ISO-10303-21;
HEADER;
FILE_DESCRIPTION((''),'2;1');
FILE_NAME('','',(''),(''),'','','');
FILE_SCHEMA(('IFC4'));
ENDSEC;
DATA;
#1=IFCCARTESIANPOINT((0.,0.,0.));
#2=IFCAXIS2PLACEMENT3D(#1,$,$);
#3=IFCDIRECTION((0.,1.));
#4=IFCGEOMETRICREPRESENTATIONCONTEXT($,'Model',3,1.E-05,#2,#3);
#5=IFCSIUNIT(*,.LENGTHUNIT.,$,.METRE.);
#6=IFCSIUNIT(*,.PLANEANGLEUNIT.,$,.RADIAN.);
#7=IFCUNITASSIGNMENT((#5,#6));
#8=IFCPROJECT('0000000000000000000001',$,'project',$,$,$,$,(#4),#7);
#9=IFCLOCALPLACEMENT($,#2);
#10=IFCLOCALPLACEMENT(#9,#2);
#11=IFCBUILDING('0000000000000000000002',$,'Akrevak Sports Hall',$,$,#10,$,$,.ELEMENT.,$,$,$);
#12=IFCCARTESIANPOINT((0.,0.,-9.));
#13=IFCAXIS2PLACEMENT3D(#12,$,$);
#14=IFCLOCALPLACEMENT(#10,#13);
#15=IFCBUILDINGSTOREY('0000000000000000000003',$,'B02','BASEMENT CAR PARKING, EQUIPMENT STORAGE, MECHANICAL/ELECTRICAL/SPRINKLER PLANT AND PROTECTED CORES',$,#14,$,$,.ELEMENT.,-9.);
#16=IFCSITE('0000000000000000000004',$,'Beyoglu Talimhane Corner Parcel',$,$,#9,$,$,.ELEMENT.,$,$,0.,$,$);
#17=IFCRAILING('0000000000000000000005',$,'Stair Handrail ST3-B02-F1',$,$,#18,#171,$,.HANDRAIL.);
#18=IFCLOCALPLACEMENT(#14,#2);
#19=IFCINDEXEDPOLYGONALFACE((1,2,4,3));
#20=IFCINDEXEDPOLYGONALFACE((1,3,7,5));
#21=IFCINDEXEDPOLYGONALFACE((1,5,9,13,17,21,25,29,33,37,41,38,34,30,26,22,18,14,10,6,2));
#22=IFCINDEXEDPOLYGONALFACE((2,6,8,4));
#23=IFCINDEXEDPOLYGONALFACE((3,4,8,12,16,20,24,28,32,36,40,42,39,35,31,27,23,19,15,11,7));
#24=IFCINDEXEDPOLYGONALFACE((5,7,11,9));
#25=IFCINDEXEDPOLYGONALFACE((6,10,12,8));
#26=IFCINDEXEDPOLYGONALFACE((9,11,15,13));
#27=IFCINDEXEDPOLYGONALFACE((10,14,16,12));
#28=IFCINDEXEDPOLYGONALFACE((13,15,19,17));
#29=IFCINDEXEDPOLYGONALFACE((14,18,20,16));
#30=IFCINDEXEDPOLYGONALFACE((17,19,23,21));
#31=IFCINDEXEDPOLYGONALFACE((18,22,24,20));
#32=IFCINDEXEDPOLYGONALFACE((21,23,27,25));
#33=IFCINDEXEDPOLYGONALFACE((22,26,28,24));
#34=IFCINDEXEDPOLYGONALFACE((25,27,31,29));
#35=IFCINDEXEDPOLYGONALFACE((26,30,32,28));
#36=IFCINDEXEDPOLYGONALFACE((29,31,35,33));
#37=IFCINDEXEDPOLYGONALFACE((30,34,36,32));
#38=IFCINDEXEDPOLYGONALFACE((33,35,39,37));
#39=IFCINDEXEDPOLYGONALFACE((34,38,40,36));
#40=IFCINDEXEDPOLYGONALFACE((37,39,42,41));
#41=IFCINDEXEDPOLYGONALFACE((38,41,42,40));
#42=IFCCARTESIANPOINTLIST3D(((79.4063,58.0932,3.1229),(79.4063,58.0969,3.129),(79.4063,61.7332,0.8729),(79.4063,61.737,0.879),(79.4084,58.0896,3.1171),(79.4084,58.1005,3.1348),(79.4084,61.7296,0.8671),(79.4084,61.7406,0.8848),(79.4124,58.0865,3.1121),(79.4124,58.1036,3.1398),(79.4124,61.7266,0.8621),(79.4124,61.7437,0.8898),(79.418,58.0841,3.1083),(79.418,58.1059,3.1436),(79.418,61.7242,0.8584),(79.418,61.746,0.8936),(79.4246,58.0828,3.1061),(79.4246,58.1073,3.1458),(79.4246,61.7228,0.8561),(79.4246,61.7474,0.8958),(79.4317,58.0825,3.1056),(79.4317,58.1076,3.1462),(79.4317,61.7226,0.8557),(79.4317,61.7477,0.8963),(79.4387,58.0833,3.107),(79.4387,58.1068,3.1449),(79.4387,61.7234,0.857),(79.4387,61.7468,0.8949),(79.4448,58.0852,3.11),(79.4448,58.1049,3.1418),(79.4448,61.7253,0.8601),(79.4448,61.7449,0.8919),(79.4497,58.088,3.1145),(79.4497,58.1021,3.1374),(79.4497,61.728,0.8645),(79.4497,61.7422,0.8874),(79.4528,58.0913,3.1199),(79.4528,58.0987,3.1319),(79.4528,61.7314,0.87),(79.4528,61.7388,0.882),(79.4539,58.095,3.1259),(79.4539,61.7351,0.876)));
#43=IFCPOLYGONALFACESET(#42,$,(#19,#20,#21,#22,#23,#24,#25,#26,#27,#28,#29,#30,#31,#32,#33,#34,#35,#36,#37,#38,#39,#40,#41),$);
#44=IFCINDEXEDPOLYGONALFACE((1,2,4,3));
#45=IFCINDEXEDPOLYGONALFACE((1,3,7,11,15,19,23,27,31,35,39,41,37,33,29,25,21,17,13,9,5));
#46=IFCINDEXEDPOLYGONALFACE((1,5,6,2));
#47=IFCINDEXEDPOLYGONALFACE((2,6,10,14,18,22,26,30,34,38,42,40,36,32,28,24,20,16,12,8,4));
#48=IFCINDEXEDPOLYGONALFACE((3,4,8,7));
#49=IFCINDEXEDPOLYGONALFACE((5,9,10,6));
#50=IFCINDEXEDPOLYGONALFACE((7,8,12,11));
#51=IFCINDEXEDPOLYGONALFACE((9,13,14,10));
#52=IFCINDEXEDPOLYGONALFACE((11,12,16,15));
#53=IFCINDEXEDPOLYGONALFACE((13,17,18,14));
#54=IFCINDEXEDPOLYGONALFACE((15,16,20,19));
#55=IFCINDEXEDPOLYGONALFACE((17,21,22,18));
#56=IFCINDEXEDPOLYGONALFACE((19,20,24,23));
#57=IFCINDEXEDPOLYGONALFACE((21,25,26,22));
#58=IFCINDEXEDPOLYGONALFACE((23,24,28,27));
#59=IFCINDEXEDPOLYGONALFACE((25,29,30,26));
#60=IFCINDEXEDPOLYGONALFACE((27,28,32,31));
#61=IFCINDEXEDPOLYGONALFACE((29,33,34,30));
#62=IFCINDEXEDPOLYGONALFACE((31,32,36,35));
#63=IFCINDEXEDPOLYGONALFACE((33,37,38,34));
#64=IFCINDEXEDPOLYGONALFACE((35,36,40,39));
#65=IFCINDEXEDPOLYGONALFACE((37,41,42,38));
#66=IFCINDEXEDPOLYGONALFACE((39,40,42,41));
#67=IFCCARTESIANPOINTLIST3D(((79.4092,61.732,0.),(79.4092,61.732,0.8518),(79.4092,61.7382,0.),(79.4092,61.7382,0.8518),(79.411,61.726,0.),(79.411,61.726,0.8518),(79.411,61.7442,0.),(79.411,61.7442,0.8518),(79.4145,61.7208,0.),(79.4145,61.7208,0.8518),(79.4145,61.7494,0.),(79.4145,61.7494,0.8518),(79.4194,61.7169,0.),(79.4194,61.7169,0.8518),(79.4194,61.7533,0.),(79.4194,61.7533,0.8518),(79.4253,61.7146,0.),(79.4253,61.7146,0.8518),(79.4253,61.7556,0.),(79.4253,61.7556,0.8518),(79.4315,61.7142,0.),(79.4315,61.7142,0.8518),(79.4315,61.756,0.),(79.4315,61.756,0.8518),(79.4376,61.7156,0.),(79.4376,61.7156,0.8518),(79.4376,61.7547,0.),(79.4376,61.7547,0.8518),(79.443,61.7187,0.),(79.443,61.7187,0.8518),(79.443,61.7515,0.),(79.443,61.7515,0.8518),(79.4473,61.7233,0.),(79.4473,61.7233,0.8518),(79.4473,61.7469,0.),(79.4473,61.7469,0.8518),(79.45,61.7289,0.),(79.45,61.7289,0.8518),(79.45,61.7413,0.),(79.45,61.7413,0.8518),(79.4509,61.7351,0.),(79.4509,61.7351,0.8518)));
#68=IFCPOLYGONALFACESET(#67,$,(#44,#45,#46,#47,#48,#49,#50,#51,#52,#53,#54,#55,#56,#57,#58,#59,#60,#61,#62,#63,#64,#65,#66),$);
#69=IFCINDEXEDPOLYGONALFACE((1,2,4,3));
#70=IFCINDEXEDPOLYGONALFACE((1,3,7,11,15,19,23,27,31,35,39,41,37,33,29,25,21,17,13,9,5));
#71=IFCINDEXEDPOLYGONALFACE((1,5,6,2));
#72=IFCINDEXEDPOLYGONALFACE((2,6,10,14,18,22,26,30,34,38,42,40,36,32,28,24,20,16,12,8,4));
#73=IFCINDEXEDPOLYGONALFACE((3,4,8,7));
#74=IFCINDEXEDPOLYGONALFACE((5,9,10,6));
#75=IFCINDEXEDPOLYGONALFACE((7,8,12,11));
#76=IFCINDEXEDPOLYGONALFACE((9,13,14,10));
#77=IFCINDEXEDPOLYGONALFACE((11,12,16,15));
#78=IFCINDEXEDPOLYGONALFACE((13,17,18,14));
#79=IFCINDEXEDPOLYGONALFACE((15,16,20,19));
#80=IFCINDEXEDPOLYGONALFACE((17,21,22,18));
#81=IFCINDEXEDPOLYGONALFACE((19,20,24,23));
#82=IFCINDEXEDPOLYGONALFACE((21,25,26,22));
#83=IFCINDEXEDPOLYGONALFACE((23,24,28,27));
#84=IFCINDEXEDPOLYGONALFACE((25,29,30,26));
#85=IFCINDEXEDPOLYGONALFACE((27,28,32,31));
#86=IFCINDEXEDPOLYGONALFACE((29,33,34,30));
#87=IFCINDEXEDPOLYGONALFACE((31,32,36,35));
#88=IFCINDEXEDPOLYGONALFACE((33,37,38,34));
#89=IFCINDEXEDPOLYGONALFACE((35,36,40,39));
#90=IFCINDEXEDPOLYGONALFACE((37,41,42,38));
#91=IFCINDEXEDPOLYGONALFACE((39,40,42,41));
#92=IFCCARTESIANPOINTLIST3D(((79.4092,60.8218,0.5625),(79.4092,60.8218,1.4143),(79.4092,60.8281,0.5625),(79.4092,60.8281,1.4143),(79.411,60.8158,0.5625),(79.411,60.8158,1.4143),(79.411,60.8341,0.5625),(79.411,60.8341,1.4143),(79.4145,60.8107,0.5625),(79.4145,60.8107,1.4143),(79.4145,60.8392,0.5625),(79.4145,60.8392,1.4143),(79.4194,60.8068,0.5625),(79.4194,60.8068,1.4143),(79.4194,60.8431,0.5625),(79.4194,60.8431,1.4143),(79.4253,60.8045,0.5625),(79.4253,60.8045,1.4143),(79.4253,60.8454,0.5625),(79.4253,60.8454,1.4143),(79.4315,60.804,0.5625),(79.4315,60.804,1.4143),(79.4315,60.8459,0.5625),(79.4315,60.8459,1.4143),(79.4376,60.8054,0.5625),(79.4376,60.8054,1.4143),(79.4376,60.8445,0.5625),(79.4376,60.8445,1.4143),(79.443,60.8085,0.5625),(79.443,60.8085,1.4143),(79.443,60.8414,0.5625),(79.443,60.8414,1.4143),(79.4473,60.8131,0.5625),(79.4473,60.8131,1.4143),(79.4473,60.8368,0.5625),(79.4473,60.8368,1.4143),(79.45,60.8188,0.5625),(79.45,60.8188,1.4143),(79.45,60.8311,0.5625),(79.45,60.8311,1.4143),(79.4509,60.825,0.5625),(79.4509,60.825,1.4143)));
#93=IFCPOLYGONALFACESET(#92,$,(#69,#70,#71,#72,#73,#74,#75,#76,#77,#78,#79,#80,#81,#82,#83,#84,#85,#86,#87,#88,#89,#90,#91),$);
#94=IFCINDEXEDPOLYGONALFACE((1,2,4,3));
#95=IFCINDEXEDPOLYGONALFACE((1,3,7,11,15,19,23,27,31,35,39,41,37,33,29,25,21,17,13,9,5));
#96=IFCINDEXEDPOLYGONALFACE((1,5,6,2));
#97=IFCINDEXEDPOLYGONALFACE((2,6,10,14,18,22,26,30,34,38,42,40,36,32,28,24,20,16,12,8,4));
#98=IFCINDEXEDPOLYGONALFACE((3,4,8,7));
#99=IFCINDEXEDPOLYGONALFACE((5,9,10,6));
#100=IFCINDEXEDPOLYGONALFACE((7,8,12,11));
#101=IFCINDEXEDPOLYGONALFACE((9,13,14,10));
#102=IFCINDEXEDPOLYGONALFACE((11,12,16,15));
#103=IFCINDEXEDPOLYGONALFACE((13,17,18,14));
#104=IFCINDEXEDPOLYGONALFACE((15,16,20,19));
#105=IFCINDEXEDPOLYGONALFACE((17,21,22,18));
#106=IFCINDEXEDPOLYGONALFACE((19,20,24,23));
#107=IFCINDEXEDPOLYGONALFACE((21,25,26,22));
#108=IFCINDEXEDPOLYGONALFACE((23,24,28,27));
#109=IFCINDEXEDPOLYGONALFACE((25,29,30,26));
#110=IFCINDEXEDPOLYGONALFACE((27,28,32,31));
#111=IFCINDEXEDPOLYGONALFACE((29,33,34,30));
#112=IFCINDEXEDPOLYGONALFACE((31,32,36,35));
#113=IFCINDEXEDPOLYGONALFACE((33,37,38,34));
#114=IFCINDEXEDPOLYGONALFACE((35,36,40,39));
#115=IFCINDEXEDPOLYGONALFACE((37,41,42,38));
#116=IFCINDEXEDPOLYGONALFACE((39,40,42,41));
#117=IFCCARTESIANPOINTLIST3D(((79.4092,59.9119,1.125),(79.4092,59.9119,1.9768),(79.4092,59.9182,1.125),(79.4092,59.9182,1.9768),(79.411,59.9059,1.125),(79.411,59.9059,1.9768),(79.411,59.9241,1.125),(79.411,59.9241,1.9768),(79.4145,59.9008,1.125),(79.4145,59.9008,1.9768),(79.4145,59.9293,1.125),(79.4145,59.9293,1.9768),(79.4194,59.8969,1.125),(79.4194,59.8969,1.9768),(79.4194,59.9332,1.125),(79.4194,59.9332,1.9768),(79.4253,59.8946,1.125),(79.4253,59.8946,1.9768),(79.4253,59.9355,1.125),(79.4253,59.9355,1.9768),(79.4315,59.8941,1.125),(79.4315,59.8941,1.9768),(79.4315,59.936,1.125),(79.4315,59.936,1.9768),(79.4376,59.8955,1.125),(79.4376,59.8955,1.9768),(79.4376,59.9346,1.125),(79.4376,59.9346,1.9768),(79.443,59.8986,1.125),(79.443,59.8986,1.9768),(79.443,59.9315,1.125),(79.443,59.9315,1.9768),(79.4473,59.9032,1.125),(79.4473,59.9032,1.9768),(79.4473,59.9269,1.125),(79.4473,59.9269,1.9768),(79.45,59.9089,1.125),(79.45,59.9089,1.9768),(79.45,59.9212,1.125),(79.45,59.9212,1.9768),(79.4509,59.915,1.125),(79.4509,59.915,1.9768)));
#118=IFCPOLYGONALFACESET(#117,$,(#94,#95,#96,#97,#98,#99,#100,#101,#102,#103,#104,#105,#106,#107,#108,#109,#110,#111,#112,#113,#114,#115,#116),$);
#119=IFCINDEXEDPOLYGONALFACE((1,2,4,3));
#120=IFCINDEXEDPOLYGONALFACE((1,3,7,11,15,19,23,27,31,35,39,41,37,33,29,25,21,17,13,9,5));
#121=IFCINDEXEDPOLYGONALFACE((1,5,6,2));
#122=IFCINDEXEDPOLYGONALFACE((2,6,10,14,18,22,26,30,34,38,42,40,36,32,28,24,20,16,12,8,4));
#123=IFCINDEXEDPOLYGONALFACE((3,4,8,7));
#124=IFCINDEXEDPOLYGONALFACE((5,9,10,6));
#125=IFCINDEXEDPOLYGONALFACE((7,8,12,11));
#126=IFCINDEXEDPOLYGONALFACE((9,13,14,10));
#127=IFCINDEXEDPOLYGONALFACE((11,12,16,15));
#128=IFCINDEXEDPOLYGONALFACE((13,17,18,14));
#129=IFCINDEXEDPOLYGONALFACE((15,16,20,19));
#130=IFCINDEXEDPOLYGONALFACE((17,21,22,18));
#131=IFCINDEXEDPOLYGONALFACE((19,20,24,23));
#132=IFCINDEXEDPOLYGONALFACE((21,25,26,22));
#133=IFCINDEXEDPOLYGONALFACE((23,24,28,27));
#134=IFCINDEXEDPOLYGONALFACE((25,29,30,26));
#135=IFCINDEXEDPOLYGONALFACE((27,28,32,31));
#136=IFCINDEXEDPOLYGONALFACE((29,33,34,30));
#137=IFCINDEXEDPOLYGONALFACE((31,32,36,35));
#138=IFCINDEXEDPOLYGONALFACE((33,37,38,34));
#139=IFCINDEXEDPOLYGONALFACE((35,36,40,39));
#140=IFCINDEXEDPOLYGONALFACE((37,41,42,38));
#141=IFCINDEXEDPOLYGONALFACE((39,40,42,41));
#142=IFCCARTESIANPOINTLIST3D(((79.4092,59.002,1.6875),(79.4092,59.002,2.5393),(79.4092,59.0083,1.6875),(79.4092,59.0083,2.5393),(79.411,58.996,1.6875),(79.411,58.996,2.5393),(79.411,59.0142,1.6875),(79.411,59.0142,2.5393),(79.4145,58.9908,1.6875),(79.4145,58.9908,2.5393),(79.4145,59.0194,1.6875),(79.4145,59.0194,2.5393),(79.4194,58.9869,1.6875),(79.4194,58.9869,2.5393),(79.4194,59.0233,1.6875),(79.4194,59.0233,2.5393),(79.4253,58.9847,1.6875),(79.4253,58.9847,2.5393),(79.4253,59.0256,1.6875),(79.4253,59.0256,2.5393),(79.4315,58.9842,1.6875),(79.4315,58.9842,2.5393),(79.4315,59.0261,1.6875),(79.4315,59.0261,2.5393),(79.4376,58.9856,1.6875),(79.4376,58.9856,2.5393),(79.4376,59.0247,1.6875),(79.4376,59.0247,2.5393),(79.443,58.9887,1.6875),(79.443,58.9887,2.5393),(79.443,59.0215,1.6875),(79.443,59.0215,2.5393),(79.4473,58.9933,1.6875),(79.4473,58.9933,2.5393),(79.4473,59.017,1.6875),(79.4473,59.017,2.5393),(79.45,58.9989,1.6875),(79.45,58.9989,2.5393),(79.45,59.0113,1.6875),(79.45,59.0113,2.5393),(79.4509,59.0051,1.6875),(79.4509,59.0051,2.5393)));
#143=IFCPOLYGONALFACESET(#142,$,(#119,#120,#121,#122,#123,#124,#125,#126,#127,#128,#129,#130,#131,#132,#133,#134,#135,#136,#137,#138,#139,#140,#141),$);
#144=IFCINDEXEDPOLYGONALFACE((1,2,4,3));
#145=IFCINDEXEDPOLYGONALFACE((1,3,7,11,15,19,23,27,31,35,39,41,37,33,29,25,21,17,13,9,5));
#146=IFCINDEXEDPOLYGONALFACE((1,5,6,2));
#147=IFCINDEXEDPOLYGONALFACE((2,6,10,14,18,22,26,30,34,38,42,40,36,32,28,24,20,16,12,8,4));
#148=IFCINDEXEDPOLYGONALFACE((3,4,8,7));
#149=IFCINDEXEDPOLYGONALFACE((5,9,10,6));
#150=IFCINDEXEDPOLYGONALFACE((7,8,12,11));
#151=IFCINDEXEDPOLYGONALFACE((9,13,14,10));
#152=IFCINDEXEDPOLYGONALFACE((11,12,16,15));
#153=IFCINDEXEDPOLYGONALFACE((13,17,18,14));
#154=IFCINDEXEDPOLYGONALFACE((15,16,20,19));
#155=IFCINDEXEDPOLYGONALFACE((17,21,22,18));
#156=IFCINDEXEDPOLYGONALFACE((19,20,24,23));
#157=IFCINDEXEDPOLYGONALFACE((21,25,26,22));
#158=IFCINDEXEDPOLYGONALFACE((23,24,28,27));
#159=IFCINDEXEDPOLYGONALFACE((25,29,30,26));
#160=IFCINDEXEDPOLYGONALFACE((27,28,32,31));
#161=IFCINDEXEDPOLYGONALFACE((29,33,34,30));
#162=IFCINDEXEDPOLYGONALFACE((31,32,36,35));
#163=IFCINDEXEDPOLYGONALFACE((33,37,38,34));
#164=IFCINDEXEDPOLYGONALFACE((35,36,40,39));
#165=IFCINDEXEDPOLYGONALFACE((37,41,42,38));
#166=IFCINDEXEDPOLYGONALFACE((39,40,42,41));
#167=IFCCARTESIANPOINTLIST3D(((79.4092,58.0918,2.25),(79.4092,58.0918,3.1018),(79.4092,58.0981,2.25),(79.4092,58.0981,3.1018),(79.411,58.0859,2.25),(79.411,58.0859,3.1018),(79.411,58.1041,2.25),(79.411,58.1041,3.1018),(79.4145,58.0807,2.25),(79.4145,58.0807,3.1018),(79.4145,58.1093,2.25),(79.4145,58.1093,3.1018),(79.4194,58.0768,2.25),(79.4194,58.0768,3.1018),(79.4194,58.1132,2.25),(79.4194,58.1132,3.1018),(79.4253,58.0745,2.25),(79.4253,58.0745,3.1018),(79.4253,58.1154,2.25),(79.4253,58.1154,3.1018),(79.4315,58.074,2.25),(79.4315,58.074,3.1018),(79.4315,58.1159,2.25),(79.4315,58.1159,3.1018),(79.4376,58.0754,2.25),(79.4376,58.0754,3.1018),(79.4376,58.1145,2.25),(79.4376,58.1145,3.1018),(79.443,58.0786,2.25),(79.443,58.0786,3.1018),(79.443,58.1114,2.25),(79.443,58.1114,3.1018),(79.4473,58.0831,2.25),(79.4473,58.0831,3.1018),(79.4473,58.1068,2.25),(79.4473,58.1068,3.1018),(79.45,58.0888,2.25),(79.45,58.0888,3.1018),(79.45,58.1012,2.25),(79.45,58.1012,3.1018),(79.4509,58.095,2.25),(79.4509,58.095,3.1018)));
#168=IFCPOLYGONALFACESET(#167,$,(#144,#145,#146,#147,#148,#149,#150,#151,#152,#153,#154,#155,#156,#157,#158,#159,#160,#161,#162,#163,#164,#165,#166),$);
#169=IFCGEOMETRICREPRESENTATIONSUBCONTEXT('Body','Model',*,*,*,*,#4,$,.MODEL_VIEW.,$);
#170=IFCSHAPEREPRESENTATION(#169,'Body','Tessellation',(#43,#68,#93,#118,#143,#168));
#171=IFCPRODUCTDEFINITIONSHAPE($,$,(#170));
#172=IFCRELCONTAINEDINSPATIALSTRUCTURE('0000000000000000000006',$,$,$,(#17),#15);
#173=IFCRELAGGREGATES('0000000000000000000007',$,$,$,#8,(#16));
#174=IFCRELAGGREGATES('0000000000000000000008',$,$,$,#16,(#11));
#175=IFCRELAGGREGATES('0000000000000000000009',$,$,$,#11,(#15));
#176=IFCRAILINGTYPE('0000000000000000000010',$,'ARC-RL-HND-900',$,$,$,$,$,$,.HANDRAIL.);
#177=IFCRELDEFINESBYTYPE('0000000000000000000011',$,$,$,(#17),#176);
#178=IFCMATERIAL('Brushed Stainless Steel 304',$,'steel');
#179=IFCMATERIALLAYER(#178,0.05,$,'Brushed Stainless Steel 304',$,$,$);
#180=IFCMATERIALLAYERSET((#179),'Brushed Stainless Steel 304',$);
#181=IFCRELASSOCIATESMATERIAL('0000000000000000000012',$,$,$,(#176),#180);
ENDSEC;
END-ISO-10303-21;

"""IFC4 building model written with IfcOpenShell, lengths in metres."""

from ifc_helpers import new_model, si_unit, direction, frame, origin, origin_2d, place, context, subcontext, project, spatial, circle, extrude, material, layer, layer_set, type_object, element, save


model = new_model("IFC4")

# Units and contexts
model_context = context("Model", 3, precision=1e-05, world=origin(), true_north=direction((0.0, 1.0)))
body_context = subcontext(model_context, "Body", "Model", "MODEL_VIEW")
ifc_project = project(units=[si_unit("LENGTHUNIT", "METRE"), si_unit("PLANEANGLEUNIT", "RADIAN")], contexts=[model_context])

# Site, building, storey
site_placement = place(None, origin())
site = spatial("IfcSite", under=ifc_project, at=site_placement, Name="Beyoglu Talimhane Corner Parcel", CompositionType="ELEMENT", RefElevation=0.0)
building_placement = place(site_placement, origin())
building = spatial("IfcBuilding", under=site, at=building_placement, Name="Akrevak Sports Hall", CompositionType="ELEMENT")
storey_placement = place(building_placement, frame((0.0, 0.0, -9.0)))
storey = spatial("IfcBuildingStorey", under=building, at=storey_placement, Name="B02", Description="BASEMENT CAR PARKING, EQUIPMENT STORAGE, MECHANICAL/ELECTRICAL/SPRINKLER PLANT AND PROTECTED CORES", CompositionType="ELEMENT", Elevation=-9.0)

# Railing
ifc_material_1 = material(Name="Brushed Stainless Steel 304", Category="steel")
ifc_layer_1 = layer(ifc_material_1, 0.05, Name="Brushed Stainless Steel 304")
ifc_layer_set_1 = layer_set([ifc_layer_1], Name="Brushed Stainless Steel 304")
railing_type_1 = type_object("IfcRailingType", Name="ARC-RL-HND-900", PredefinedType="HANDRAIL", material=ifc_layer_set_1)
railing_1_placement = place(storey_placement, frame((79.4299, 61.7351, 0.0)))
element("IfcRailing", 1, at=railing_1_placement, inside=storey, type_object=railing_type_1, Name="Stair Handrail ST3-B02-F1", PredefinedType="HANDRAIL", context=body_context, shape_type="SweptSolid", body=[
    extrude(circle(Radius=0.0239, at=origin_2d()), frame((0.0, 0.0, 0.876), z_axis=(0.0, -0.850622, 0.525777), x_axis=(1.0, 0.0, 0.0)), (0.0, 0.0, 1.0), 4.2793),
    extrude(circle(Radius=0.021, at=origin_2d()), origin(), (0.0, 0.0, 1.0), 0.8518),
    extrude(circle(Radius=0.021, at=origin_2d()), frame((0.0, -0.9102, 0.5625)), (0.0, 0.0, 1.0), 0.8518),
    extrude(circle(Radius=0.021, at=origin_2d()), frame((0.0, -1.8201, 1.125)), (0.0, 0.0, 1.0), 0.8518),
    extrude(circle(Radius=0.021, at=origin_2d()), frame((0.0, -2.73, 1.6875)), (0.0, 0.0, 1.0), 0.8518),
    extrude(circle(Radius=0.021, at=origin_2d()), frame((0.0, -3.6401, 2.25)), (0.0, 0.0, 1.0), 0.8518),
])

save(model, "model.ifc")
